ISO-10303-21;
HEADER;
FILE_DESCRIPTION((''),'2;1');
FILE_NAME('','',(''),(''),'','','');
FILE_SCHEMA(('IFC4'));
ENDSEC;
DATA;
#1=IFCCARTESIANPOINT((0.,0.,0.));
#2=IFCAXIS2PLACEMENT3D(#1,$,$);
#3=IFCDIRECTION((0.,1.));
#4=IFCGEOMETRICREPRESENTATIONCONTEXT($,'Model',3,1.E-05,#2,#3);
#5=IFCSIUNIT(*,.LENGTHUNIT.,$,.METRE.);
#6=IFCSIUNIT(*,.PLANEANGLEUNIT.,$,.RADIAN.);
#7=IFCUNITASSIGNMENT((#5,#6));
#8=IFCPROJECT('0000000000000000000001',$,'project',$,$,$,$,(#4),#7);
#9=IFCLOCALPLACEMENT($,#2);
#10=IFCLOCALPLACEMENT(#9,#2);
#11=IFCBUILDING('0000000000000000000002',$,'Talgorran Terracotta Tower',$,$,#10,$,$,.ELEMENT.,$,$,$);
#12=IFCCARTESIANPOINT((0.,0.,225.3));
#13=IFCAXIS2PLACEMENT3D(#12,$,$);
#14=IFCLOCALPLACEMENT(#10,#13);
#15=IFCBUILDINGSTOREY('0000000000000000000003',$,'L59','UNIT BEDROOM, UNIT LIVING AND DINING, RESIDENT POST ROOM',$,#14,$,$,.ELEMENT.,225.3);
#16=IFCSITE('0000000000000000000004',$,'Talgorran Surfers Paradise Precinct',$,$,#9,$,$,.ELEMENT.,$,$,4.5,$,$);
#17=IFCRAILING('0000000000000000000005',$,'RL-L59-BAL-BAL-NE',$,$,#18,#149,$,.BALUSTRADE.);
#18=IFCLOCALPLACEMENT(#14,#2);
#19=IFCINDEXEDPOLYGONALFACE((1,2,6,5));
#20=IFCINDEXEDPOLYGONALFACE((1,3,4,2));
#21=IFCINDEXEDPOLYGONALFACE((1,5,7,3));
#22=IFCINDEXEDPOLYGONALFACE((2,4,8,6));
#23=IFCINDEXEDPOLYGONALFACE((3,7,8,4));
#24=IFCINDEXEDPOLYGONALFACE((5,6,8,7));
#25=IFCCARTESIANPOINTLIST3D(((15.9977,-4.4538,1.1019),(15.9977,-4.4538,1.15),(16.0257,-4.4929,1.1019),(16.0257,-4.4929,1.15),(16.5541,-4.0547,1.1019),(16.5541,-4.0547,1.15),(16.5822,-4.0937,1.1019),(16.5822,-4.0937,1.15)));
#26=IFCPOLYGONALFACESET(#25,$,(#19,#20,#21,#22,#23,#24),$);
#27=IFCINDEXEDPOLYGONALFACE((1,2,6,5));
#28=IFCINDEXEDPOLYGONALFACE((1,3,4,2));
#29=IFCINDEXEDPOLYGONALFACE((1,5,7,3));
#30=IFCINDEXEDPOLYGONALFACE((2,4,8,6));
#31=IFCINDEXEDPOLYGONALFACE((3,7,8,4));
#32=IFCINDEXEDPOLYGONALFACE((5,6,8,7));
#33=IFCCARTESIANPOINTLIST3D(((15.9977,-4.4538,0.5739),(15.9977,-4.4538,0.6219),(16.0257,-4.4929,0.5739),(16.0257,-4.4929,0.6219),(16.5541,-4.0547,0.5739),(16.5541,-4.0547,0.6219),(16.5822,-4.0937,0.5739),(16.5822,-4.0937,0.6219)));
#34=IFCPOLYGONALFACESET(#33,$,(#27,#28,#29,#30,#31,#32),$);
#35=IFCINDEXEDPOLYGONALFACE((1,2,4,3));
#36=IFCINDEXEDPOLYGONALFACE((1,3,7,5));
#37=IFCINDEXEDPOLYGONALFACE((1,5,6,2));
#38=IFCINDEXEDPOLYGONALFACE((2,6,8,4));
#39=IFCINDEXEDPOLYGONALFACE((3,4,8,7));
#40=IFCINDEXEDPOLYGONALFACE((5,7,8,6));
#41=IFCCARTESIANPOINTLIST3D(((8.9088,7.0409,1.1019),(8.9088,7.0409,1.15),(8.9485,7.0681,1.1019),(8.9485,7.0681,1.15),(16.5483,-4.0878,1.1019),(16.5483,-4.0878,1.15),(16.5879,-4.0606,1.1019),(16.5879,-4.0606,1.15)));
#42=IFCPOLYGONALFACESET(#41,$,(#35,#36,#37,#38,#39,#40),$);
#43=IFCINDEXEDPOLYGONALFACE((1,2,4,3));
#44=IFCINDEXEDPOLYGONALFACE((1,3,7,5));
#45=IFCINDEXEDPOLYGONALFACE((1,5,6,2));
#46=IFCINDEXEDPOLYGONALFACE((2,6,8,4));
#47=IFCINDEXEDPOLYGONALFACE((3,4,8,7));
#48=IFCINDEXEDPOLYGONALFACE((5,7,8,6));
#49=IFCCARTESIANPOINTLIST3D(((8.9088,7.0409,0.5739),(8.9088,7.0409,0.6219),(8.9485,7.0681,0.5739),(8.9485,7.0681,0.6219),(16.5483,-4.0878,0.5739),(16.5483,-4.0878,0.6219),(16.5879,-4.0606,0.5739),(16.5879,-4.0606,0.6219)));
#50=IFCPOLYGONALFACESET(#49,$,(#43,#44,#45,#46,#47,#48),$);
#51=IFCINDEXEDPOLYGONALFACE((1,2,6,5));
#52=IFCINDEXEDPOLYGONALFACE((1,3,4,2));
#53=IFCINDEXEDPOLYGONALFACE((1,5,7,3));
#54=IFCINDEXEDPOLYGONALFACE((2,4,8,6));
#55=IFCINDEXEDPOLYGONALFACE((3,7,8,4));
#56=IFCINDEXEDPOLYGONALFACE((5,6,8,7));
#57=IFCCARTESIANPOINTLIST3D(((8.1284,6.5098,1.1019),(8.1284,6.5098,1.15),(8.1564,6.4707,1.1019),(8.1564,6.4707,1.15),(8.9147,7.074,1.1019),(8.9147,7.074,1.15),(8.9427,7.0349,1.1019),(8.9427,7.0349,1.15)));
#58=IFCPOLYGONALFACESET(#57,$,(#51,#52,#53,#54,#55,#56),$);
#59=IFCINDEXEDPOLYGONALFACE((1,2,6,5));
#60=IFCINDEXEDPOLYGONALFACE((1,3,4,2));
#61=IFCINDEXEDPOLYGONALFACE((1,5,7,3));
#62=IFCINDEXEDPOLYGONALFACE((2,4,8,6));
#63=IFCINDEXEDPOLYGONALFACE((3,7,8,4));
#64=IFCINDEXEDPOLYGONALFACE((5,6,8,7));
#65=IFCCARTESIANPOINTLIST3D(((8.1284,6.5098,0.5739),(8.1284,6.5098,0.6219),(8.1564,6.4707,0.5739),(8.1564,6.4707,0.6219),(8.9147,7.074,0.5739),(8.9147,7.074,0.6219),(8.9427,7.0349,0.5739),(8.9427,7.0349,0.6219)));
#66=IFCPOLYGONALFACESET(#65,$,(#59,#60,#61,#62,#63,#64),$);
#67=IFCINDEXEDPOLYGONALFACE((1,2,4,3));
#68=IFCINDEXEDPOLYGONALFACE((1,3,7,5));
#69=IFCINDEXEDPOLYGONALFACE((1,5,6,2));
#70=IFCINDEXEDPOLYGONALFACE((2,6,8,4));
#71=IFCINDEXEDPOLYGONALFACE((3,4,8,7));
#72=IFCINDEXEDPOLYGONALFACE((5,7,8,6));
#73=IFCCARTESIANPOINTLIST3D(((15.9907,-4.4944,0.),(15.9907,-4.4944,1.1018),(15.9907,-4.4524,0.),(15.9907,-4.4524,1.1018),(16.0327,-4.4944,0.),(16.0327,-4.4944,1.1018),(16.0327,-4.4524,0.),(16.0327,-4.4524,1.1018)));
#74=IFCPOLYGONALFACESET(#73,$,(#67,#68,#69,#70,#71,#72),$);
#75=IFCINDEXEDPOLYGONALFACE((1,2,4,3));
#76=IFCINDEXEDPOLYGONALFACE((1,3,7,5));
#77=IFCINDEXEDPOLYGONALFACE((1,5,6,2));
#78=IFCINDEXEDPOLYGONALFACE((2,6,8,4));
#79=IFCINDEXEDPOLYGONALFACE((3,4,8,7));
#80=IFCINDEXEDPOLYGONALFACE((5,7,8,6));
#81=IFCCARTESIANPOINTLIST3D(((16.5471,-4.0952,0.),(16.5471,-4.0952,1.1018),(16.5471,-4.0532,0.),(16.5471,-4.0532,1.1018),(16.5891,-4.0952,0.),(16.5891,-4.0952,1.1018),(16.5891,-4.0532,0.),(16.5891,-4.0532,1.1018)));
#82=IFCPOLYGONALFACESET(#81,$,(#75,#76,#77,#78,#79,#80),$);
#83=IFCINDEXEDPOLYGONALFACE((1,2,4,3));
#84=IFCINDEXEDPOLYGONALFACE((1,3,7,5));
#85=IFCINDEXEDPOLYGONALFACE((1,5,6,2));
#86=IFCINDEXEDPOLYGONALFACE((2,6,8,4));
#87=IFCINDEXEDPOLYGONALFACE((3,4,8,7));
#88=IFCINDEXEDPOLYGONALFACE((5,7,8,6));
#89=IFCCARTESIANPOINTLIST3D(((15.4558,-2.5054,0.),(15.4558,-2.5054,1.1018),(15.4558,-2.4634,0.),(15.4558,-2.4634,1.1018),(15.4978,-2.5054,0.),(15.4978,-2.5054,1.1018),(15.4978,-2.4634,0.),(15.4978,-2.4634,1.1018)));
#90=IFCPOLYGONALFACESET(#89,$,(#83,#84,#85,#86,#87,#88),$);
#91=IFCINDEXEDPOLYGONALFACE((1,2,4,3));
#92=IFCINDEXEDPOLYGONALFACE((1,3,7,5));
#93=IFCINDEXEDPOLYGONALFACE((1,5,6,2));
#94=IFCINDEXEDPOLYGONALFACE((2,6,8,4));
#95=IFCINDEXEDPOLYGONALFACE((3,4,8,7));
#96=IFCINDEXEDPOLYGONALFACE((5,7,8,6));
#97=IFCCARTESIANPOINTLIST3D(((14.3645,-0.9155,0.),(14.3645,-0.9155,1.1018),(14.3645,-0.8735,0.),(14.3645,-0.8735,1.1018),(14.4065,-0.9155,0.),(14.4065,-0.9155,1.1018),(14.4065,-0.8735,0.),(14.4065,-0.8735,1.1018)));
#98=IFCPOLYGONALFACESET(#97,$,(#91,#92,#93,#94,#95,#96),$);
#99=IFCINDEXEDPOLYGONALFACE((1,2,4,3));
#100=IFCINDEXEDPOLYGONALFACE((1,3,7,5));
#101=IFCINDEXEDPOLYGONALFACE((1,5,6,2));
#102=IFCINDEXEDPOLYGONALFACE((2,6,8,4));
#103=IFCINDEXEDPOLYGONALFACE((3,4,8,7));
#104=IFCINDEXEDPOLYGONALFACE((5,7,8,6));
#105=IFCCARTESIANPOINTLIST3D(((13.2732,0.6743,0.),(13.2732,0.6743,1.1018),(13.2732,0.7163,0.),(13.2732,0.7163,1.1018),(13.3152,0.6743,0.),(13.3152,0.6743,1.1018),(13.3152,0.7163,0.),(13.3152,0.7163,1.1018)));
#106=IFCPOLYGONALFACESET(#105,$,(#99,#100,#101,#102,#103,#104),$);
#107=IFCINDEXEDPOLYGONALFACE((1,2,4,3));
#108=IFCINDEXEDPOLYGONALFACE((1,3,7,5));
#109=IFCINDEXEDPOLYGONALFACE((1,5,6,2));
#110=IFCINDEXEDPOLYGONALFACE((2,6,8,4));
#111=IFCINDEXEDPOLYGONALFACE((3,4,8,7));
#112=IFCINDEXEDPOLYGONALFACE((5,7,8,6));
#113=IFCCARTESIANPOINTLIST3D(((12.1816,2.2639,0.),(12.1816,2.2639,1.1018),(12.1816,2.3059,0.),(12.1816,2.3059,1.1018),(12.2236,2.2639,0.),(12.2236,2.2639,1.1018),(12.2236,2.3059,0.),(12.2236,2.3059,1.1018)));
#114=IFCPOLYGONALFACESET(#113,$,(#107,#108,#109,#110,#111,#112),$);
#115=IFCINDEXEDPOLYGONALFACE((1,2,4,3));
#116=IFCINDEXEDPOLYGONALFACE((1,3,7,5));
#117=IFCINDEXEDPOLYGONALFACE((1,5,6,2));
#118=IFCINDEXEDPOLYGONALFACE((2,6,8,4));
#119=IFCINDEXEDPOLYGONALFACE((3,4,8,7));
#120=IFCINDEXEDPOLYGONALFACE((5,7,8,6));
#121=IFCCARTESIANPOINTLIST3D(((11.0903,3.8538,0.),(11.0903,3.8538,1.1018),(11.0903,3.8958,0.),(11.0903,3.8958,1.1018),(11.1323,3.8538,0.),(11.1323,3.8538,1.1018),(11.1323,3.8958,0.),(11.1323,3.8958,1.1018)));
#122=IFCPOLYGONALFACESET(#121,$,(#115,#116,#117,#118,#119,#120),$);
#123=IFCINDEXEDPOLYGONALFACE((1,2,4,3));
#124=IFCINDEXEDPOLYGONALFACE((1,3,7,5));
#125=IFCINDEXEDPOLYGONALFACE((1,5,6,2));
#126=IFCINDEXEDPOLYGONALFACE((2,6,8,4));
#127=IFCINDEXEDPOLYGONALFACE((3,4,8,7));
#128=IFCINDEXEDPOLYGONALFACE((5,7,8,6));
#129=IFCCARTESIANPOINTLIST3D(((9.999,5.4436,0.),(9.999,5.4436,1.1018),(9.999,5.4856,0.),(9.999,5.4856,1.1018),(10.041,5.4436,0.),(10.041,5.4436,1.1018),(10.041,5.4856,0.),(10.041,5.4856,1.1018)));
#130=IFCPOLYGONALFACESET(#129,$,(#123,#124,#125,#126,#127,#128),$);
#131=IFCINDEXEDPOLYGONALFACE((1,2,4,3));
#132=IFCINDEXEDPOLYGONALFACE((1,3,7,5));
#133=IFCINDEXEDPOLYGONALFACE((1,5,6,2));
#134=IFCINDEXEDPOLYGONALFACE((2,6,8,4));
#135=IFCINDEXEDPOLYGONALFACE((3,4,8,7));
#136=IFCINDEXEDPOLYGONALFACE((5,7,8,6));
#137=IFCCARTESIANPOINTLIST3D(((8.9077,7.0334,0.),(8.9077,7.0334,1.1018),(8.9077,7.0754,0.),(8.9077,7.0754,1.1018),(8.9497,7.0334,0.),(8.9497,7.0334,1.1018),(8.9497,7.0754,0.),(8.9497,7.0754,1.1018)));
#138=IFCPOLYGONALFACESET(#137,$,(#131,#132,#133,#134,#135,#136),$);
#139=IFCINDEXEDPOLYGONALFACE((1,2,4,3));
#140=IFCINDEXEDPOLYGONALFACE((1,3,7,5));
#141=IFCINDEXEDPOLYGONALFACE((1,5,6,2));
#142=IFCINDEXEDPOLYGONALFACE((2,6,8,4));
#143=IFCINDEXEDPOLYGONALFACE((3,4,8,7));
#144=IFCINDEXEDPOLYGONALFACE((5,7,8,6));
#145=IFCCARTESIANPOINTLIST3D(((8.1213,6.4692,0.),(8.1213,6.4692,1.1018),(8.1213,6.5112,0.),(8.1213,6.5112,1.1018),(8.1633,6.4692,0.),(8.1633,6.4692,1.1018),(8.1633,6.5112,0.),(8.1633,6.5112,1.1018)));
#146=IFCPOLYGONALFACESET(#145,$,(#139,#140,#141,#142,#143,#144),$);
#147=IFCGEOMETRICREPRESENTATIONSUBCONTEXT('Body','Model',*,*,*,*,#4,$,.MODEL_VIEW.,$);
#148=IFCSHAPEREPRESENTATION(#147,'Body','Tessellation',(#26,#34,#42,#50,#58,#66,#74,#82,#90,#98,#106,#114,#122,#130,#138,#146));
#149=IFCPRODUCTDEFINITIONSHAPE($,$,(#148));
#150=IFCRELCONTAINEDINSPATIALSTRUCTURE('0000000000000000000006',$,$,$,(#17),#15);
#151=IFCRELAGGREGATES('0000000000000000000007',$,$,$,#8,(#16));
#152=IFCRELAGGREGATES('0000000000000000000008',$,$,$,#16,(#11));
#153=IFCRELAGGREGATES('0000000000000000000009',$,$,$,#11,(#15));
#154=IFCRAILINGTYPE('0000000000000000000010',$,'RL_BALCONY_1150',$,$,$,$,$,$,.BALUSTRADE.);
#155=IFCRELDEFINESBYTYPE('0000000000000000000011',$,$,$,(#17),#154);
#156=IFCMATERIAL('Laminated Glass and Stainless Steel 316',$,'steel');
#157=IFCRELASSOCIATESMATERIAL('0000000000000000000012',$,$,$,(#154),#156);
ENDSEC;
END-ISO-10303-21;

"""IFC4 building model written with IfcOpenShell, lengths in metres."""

from ifc_helpers import new_model, si_unit, direction, frame, origin, origin_2d, place, context, subcontext, project, spatial, rectangle, extrude, material, type_object, element, save


model = new_model("IFC4")

# Units and contexts
model_context = context("Model", 3, precision=1e-05, world=origin(), true_north=direction((0.0, 1.0)))
body_context = subcontext(model_context, "Body", "Model", "MODEL_VIEW")
ifc_project = project(units=[si_unit("LENGTHUNIT", "METRE"), si_unit("PLANEANGLEUNIT", "RADIAN")], contexts=[model_context])

# Site, building, storey
site_placement = place(None, origin())
site = spatial("IfcSite", under=ifc_project, at=site_placement, Name="Talgorran Surfers Paradise Precinct", CompositionType="ELEMENT", RefElevation=4.5)
building_placement = place(site_placement, origin())
building = spatial("IfcBuilding", under=site, at=building_placement, Name="Talgorran Terracotta Tower", CompositionType="ELEMENT")
storey_placement = place(building_placement, frame((0.0, 0.0, 225.3)))
storey = spatial("IfcBuildingStorey", under=building, at=storey_placement, Name="L59", Description="UNIT BEDROOM, UNIT LIVING AND DINING, RESIDENT POST ROOM", CompositionType="ELEMENT", Elevation=225.3)

# Railing
ifc_material_1 = material(Name="Laminated Glass and Stainless Steel 316", Category="steel")
railing_type = type_object("IfcRailingType", Name="RL_BALCONY_1150", PredefinedType="BALUSTRADE", material=ifc_material_1)
railing_placement = place(storey_placement, frame((16.0117, -4.4734, 0.0)))
element("IfcRailing", 1, at=railing_placement, inside=storey, type_object=railing_type, Name="RL-L59-BAL-BAL-NE", PredefinedType="BALUSTRADE", context=body_context, shape_type="SweptSolid", body=[
    extrude(rectangle(XDim=0.0481, YDim=0.0481, at=origin_2d()), frame((0.0, 0.0, 1.126), z_axis=(0.812527, 0.582923, 0.0), x_axis=(-0.582923, 0.812527, 0.0)), (0.0, 0.0, 1.0), 0.6848),
    extrude(rectangle(XDim=0.0481, YDim=0.0481, at=origin_2d()), frame((0.0, 0.0, 0.5979), z_axis=(0.812527, 0.582923, 0.0), x_axis=(-0.582923, 0.812527, 0.0)), (0.0, 0.0, 1.0), 0.6848),
    extrude(rectangle(XDim=0.0481, YDim=0.0481, at=origin_2d()), frame((0.5564, 0.3992, 1.126), z_axis=(-0.565948, 0.824441, 0.0), x_axis=(-0.824441, -0.565948, 0.0)), (0.0, 0.0, 1.0), 13.4985),
    extrude(rectangle(XDim=0.0481, YDim=0.0481, at=origin_2d()), frame((0.5564, 0.3992, 0.5979), z_axis=(-0.565948, 0.824441, 0.0), x_axis=(-0.824441, -0.565948, 0.0)), (0.0, 0.0, 1.0), 13.4985),
    extrude(rectangle(XDim=0.0481, YDim=0.0481, at=origin_2d()), frame((-7.083, 11.5278, 1.126), z_axis=(-0.812504, -0.582955, 0.0), x_axis=(0.582955, -0.812504, 0.0)), (0.0, 0.0, 1.0), 0.9678),
    extrude(rectangle(XDim=0.0481, YDim=0.0481, at=origin_2d()), frame((-7.083, 11.5278, 0.5979), z_axis=(-0.812504, -0.582955, 0.0), x_axis=(0.582955, -0.812504, 0.0)), (0.0, 0.0, 1.0), 0.9678),
    extrude(rectangle(XDim=0.042, YDim=0.042, at=origin_2d()), origin(), (0.0, 0.0, 1.0), 1.1018),
    extrude(rectangle(XDim=0.042, YDim=0.042, at=origin_2d()), frame((0.5564, 0.3992, 0.0)), (0.0, 0.0, 1.0), 1.1018),
    extrude(rectangle(XDim=0.042, YDim=0.042, at=origin_2d()), frame((-0.5349, 1.989, 0.0)), (0.0, 0.0, 1.0), 1.1018),
    extrude(rectangle(XDim=0.042, YDim=0.042, at=origin_2d()), frame((-1.6262, 3.5789, 0.0)), (0.0, 0.0, 1.0), 1.1018),
    extrude(rectangle(XDim=0.042, YDim=0.042, at=origin_2d()), frame((-2.7175, 5.1687, 0.0)), (0.0, 0.0, 1.0), 1.1018),
    extrude(rectangle(XDim=0.042, YDim=0.042, at=origin_2d()), frame((-3.8091, 6.7583, 0.0)), (0.0, 0.0, 1.0), 1.1018),
    extrude(rectangle(XDim=0.042, YDim=0.042, at=origin_2d()), frame((-4.9004, 8.3481, 0.0)), (0.0, 0.0, 1.0), 1.1018),
    extrude(rectangle(XDim=0.042, YDim=0.042, at=origin_2d()), frame((-5.9917, 9.938, 0.0)), (0.0, 0.0, 1.0), 1.1018),
    extrude(rectangle(XDim=0.042, YDim=0.042, at=origin_2d()), frame((-7.083, 11.5278, 0.0)), (0.0, 0.0, 1.0), 1.1018),
    extrude(rectangle(XDim=0.042, YDim=0.042, at=origin_2d()), frame((-7.8694, 10.9636, 0.0)), (0.0, 0.0, 1.0), 1.1018),
])

save(model, "model.ifc")
